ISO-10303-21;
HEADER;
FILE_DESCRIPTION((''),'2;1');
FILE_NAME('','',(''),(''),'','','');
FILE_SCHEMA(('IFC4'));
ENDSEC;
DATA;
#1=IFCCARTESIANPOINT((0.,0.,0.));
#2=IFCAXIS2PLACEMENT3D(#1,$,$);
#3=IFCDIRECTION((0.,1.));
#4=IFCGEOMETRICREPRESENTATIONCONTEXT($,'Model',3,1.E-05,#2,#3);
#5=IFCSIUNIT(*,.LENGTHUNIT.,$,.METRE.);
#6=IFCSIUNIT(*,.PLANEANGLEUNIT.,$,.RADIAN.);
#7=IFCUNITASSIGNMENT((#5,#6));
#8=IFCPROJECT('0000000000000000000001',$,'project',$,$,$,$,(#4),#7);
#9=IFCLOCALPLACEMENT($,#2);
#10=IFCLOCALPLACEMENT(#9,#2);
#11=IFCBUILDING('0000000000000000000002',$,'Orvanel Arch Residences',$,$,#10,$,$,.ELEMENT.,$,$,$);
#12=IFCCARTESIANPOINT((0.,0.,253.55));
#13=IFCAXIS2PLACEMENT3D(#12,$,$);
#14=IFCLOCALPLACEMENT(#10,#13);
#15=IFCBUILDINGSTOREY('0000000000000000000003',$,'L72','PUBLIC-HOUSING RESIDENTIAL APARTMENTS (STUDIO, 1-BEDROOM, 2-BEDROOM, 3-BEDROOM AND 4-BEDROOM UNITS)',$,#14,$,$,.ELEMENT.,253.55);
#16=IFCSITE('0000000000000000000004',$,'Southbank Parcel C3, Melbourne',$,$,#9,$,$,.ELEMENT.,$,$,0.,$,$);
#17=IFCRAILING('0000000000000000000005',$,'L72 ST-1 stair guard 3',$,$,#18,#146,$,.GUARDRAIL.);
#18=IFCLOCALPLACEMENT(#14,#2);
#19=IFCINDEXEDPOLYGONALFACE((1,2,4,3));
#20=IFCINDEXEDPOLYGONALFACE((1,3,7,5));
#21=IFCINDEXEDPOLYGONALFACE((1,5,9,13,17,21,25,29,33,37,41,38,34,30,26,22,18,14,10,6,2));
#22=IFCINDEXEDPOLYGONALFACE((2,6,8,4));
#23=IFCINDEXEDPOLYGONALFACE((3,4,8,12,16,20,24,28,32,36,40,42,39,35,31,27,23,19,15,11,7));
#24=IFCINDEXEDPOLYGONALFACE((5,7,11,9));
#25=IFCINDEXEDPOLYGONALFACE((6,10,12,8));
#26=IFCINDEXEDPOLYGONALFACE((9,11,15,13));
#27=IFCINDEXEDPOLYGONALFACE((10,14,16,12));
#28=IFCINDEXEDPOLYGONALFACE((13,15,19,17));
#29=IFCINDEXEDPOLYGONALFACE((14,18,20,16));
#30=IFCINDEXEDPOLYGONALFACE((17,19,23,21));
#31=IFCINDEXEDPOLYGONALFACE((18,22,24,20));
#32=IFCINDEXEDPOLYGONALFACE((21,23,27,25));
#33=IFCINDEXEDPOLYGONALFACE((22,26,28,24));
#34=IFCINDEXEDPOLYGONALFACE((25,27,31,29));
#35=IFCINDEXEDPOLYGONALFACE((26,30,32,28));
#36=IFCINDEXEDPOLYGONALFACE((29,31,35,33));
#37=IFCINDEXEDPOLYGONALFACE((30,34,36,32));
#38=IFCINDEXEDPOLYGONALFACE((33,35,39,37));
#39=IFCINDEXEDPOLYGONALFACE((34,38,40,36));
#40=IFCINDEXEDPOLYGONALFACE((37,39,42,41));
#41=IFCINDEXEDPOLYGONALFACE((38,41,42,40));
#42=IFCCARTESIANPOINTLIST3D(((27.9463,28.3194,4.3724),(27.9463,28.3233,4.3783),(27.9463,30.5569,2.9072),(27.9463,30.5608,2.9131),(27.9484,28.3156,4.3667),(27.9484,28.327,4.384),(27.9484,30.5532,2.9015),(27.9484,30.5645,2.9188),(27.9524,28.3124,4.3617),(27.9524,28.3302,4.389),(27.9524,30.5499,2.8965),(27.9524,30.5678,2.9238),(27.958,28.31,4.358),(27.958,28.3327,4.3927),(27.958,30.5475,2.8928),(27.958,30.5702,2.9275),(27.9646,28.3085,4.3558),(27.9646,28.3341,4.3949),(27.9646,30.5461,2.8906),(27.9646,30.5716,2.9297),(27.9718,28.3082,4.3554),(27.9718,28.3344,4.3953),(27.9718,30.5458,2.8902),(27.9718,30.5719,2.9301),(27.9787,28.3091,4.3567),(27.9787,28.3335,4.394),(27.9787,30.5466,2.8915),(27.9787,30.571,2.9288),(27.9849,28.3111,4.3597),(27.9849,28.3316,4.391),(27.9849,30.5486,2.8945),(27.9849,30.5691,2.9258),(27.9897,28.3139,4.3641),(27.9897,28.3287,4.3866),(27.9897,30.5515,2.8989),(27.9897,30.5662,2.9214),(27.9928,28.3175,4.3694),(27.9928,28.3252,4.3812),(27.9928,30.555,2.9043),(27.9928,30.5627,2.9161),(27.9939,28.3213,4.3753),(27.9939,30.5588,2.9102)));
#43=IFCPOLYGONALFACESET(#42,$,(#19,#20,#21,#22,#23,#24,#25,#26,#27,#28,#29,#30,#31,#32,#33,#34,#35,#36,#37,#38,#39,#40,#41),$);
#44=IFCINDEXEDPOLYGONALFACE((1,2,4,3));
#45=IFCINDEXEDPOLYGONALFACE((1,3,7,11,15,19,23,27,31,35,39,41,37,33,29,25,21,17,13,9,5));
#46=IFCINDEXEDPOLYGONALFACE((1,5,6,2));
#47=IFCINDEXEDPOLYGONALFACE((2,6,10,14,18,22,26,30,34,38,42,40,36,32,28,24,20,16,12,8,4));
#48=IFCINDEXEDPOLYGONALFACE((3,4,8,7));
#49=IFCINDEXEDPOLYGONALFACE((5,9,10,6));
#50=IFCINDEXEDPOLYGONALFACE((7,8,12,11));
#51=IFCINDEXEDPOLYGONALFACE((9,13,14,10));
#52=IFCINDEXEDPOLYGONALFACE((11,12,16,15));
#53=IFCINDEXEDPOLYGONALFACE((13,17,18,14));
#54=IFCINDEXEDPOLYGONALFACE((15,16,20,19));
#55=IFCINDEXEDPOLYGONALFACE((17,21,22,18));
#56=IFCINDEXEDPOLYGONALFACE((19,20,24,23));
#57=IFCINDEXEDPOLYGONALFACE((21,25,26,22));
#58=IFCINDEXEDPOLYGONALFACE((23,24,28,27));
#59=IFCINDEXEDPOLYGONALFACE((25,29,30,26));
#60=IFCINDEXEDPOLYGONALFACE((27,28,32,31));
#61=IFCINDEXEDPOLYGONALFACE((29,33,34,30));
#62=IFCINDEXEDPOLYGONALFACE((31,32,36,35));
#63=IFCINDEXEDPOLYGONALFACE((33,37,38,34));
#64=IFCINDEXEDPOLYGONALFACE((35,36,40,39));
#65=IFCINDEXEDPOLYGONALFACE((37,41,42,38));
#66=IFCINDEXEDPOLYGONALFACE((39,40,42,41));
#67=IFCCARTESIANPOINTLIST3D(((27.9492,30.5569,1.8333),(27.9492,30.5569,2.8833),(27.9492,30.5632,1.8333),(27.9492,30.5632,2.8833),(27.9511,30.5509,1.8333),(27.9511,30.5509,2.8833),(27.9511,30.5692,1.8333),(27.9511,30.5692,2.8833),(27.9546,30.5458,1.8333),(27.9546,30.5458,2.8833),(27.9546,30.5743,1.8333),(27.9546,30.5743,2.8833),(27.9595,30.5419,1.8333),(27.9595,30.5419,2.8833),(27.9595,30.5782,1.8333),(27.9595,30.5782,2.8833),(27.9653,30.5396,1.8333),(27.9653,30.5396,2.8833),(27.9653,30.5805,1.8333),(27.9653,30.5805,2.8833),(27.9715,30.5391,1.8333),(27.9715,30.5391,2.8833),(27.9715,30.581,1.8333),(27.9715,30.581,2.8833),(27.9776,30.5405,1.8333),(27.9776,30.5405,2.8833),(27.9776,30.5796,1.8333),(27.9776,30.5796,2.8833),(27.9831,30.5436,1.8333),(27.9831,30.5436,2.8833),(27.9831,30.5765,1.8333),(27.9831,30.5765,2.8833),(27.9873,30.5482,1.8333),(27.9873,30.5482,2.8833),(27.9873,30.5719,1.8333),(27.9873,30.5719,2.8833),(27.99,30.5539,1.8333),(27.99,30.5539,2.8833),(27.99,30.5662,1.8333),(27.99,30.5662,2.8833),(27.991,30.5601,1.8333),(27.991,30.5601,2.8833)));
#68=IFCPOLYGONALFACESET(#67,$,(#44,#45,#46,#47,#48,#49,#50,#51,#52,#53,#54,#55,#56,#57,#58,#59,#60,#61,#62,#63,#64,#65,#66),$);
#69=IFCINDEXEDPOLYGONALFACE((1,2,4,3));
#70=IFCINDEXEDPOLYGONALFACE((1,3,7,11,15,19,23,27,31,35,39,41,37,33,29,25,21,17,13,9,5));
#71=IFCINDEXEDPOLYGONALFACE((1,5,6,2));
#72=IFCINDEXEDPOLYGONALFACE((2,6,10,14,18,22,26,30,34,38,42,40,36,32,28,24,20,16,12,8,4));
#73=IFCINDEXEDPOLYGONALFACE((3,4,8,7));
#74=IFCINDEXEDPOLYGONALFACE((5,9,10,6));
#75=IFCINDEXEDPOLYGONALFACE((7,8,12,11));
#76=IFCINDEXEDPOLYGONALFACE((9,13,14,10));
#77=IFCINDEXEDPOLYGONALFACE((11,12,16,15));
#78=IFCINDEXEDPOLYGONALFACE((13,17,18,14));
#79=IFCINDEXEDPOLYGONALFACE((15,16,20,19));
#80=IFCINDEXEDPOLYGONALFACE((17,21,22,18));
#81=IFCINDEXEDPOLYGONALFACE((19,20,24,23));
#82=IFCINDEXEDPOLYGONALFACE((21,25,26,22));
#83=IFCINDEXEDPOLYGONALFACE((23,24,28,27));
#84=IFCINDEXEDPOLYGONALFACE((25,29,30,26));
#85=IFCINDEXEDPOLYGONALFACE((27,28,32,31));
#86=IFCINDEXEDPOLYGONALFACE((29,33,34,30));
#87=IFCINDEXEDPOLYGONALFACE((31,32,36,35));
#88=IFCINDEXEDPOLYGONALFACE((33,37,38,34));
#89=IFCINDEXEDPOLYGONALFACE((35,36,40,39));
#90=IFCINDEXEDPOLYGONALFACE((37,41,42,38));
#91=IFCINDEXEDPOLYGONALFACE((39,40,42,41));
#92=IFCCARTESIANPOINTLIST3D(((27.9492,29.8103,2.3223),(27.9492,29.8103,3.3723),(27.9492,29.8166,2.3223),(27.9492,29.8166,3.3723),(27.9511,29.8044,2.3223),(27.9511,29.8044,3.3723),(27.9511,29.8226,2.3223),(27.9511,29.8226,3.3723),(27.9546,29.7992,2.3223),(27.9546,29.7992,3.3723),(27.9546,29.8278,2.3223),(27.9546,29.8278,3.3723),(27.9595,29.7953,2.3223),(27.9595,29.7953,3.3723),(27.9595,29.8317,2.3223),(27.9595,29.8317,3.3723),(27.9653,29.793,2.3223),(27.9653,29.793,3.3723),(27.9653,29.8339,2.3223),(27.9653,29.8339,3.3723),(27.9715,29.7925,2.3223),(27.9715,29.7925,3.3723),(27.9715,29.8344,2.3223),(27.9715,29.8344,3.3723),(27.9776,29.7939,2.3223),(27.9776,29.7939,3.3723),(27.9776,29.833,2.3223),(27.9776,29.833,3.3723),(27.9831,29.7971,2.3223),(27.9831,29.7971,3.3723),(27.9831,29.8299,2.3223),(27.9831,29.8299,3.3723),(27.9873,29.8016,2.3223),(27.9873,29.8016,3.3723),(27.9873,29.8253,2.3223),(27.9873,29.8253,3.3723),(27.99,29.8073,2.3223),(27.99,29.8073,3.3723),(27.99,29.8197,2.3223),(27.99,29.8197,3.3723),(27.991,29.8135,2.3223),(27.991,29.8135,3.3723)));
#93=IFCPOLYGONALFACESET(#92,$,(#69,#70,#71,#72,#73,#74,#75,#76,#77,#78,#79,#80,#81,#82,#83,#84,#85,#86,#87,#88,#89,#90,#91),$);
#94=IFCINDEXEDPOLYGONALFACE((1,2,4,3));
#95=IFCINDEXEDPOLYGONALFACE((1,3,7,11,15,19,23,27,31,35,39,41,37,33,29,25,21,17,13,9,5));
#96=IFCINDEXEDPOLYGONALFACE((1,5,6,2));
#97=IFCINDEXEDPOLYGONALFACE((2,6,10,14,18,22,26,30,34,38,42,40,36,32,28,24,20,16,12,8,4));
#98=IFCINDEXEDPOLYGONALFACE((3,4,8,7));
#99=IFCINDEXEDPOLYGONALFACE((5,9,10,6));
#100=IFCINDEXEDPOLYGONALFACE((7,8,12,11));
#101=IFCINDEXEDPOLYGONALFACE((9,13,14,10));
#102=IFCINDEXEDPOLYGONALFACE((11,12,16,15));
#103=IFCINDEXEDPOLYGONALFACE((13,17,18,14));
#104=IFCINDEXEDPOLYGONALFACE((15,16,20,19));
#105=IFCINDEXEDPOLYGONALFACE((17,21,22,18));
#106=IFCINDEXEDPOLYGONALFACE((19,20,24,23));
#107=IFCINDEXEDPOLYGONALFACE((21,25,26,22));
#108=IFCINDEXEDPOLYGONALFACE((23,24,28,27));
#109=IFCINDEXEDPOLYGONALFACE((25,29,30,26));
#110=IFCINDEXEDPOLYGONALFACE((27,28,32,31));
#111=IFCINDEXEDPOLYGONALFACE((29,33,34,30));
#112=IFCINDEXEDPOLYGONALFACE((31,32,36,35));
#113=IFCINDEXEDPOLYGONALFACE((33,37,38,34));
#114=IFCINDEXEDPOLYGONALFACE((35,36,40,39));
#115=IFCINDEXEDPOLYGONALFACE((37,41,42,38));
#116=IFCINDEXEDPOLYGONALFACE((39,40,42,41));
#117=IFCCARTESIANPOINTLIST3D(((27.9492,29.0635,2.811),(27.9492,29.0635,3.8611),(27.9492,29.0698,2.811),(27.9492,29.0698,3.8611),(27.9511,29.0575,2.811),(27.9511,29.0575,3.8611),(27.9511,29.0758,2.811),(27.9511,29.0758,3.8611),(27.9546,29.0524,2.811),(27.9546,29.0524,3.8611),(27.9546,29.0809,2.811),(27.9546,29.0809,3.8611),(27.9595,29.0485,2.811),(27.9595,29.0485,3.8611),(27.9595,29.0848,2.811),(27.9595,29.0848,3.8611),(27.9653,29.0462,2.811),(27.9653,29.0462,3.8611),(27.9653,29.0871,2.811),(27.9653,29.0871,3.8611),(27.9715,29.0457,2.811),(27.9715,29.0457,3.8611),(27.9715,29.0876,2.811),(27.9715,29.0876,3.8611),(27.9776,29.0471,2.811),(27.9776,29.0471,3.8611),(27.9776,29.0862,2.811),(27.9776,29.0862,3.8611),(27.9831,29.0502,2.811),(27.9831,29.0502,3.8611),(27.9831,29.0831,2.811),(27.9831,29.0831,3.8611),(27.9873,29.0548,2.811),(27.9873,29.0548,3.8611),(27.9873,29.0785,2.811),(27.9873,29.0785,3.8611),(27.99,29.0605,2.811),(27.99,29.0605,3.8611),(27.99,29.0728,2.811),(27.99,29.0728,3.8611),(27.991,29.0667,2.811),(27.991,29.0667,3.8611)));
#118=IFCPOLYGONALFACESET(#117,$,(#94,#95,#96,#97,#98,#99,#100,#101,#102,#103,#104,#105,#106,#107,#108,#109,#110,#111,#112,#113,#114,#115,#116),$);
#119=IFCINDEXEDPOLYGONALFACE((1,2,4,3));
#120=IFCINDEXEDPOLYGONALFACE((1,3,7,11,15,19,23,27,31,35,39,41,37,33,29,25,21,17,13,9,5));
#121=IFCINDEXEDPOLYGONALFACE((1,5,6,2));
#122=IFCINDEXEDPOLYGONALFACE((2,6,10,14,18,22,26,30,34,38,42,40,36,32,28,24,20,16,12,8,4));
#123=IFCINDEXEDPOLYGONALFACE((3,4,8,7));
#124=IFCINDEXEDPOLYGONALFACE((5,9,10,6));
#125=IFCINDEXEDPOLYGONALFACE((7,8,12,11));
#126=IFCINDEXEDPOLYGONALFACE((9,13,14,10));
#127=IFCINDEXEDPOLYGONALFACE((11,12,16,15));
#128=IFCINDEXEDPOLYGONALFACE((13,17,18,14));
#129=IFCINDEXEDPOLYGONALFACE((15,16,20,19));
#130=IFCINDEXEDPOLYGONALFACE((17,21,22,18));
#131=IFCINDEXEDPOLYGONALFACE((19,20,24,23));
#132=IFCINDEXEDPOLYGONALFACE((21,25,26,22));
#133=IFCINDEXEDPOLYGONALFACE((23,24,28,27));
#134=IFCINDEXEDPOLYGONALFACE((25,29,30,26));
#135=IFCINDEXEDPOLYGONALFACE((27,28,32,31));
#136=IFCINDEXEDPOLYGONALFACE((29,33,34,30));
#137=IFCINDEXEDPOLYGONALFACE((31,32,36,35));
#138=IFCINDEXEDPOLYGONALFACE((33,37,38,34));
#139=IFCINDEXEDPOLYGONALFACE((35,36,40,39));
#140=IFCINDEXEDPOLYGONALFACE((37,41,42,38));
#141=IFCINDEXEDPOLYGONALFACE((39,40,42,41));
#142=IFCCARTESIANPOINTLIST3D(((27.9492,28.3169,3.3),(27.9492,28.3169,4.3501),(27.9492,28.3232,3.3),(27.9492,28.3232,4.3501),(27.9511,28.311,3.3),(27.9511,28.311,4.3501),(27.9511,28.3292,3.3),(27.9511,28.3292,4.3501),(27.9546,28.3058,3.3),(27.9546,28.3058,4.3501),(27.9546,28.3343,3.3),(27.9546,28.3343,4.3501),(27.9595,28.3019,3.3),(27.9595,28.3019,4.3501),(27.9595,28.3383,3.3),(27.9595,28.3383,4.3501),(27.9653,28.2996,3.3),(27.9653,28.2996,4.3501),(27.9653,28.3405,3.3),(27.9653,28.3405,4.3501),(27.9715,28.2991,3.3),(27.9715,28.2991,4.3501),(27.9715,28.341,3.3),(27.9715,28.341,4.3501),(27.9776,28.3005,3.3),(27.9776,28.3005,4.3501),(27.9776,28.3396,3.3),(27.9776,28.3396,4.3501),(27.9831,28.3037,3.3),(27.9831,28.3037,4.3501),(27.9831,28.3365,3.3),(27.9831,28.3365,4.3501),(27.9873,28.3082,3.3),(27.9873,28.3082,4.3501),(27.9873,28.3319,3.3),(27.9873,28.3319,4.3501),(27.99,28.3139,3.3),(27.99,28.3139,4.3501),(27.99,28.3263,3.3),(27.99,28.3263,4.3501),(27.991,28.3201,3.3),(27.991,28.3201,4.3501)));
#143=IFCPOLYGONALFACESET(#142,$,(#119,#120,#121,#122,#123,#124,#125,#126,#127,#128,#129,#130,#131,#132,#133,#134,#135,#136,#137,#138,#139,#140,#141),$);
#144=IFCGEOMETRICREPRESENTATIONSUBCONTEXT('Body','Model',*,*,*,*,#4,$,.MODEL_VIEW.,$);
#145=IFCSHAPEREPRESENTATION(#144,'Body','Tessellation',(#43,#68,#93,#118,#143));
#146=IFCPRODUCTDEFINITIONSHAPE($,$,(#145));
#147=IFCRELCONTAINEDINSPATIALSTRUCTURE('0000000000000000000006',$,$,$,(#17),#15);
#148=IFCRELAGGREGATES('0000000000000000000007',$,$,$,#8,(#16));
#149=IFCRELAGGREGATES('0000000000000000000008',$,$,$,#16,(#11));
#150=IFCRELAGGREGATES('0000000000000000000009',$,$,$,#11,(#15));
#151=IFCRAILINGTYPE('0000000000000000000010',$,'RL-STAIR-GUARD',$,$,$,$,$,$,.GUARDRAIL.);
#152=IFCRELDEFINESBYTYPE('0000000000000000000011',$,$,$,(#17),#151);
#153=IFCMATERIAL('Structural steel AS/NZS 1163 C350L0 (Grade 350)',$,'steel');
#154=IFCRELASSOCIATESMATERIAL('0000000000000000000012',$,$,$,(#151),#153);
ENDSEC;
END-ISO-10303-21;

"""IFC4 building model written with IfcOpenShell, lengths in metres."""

from ifc_helpers import new_model, si_unit, direction, frame, origin, origin_2d, place, context, subcontext, project, spatial, circle, extrude, material, type_object, element, save


model = new_model("IFC4")

# Units and contexts
model_context = context("Model", 3, precision=1e-05, world=origin(), true_north=direction((0.0, 1.0)))
body_context = subcontext(model_context, "Body", "Model", "MODEL_VIEW")
ifc_project = project(units=[si_unit("LENGTHUNIT", "METRE"), si_unit("PLANEANGLEUNIT", "RADIAN")], contexts=[model_context])

# Site, building, storey
site_placement = place(None, origin())
site = spatial("IfcSite", under=ifc_project, at=site_placement, Name="Southbank Parcel C3, Melbourne", CompositionType="ELEMENT", RefElevation=0.0)
building_placement = place(site_placement, origin())
building = spatial("IfcBuilding", under=site, at=building_placement, Name="Orvanel Arch Residences", CompositionType="ELEMENT")
storey_placement = place(building_placement, frame((0.0, 0.0, 253.55)))
storey = spatial("IfcBuildingStorey", under=building, at=storey_placement, Name="L72", Description="PUBLIC-HOUSING RESIDENTIAL APARTMENTS (STUDIO, 1-BEDROOM, 2-BEDROOM, 3-BEDROOM AND 4-BEDROOM UNITS)", CompositionType="ELEMENT", Elevation=253.55)

# Railing
ifc_material_1 = material(Name="Structural steel AS/NZS 1163 C350L0 (Grade 350)", Category="steel")
railing_type_1 = type_object("IfcRailingType", Name="RL-STAIR-GUARD", PredefinedType="GUARDRAIL", material=ifc_material_1)
railing_1_placement = place(storey_placement, frame((27.97, 30.5601, 1.8333)))
element("IfcRailing", 1, at=railing_1_placement, inside=storey, type_object=railing_type_1, Name="L72 ST-1 stair guard 3", PredefinedType="GUARDRAIL", context=body_context, shape_type="SweptSolid", body=[
    extrude(circle(Radius=0.0239, at=origin_2d()), frame((0.0, -0.0012, 1.0769), z_axis=(0.0, -0.836595, 0.547822), x_axis=(1.0, 0.0, 0.0)), (0.0, 0.0, 1.0), 2.6746),
    extrude(circle(Radius=0.021, at=origin_2d()), origin(), (0.0, 0.0, 1.0), 1.05),
    extrude(circle(Radius=0.021, at=origin_2d()), frame((0.0, -0.7466, 0.489)), (0.0, 0.0, 1.0), 1.05),
    extrude(circle(Radius=0.021, at=origin_2d()), frame((0.0, -1.4934, 0.9778)), (0.0, 0.0, 1.0), 1.05),
    extrude(circle(Radius=0.021, at=origin_2d()), frame((0.0, -2.24, 1.4668)), (0.0, 0.0, 1.0), 1.05),
])

save(model, "model.ifc")
